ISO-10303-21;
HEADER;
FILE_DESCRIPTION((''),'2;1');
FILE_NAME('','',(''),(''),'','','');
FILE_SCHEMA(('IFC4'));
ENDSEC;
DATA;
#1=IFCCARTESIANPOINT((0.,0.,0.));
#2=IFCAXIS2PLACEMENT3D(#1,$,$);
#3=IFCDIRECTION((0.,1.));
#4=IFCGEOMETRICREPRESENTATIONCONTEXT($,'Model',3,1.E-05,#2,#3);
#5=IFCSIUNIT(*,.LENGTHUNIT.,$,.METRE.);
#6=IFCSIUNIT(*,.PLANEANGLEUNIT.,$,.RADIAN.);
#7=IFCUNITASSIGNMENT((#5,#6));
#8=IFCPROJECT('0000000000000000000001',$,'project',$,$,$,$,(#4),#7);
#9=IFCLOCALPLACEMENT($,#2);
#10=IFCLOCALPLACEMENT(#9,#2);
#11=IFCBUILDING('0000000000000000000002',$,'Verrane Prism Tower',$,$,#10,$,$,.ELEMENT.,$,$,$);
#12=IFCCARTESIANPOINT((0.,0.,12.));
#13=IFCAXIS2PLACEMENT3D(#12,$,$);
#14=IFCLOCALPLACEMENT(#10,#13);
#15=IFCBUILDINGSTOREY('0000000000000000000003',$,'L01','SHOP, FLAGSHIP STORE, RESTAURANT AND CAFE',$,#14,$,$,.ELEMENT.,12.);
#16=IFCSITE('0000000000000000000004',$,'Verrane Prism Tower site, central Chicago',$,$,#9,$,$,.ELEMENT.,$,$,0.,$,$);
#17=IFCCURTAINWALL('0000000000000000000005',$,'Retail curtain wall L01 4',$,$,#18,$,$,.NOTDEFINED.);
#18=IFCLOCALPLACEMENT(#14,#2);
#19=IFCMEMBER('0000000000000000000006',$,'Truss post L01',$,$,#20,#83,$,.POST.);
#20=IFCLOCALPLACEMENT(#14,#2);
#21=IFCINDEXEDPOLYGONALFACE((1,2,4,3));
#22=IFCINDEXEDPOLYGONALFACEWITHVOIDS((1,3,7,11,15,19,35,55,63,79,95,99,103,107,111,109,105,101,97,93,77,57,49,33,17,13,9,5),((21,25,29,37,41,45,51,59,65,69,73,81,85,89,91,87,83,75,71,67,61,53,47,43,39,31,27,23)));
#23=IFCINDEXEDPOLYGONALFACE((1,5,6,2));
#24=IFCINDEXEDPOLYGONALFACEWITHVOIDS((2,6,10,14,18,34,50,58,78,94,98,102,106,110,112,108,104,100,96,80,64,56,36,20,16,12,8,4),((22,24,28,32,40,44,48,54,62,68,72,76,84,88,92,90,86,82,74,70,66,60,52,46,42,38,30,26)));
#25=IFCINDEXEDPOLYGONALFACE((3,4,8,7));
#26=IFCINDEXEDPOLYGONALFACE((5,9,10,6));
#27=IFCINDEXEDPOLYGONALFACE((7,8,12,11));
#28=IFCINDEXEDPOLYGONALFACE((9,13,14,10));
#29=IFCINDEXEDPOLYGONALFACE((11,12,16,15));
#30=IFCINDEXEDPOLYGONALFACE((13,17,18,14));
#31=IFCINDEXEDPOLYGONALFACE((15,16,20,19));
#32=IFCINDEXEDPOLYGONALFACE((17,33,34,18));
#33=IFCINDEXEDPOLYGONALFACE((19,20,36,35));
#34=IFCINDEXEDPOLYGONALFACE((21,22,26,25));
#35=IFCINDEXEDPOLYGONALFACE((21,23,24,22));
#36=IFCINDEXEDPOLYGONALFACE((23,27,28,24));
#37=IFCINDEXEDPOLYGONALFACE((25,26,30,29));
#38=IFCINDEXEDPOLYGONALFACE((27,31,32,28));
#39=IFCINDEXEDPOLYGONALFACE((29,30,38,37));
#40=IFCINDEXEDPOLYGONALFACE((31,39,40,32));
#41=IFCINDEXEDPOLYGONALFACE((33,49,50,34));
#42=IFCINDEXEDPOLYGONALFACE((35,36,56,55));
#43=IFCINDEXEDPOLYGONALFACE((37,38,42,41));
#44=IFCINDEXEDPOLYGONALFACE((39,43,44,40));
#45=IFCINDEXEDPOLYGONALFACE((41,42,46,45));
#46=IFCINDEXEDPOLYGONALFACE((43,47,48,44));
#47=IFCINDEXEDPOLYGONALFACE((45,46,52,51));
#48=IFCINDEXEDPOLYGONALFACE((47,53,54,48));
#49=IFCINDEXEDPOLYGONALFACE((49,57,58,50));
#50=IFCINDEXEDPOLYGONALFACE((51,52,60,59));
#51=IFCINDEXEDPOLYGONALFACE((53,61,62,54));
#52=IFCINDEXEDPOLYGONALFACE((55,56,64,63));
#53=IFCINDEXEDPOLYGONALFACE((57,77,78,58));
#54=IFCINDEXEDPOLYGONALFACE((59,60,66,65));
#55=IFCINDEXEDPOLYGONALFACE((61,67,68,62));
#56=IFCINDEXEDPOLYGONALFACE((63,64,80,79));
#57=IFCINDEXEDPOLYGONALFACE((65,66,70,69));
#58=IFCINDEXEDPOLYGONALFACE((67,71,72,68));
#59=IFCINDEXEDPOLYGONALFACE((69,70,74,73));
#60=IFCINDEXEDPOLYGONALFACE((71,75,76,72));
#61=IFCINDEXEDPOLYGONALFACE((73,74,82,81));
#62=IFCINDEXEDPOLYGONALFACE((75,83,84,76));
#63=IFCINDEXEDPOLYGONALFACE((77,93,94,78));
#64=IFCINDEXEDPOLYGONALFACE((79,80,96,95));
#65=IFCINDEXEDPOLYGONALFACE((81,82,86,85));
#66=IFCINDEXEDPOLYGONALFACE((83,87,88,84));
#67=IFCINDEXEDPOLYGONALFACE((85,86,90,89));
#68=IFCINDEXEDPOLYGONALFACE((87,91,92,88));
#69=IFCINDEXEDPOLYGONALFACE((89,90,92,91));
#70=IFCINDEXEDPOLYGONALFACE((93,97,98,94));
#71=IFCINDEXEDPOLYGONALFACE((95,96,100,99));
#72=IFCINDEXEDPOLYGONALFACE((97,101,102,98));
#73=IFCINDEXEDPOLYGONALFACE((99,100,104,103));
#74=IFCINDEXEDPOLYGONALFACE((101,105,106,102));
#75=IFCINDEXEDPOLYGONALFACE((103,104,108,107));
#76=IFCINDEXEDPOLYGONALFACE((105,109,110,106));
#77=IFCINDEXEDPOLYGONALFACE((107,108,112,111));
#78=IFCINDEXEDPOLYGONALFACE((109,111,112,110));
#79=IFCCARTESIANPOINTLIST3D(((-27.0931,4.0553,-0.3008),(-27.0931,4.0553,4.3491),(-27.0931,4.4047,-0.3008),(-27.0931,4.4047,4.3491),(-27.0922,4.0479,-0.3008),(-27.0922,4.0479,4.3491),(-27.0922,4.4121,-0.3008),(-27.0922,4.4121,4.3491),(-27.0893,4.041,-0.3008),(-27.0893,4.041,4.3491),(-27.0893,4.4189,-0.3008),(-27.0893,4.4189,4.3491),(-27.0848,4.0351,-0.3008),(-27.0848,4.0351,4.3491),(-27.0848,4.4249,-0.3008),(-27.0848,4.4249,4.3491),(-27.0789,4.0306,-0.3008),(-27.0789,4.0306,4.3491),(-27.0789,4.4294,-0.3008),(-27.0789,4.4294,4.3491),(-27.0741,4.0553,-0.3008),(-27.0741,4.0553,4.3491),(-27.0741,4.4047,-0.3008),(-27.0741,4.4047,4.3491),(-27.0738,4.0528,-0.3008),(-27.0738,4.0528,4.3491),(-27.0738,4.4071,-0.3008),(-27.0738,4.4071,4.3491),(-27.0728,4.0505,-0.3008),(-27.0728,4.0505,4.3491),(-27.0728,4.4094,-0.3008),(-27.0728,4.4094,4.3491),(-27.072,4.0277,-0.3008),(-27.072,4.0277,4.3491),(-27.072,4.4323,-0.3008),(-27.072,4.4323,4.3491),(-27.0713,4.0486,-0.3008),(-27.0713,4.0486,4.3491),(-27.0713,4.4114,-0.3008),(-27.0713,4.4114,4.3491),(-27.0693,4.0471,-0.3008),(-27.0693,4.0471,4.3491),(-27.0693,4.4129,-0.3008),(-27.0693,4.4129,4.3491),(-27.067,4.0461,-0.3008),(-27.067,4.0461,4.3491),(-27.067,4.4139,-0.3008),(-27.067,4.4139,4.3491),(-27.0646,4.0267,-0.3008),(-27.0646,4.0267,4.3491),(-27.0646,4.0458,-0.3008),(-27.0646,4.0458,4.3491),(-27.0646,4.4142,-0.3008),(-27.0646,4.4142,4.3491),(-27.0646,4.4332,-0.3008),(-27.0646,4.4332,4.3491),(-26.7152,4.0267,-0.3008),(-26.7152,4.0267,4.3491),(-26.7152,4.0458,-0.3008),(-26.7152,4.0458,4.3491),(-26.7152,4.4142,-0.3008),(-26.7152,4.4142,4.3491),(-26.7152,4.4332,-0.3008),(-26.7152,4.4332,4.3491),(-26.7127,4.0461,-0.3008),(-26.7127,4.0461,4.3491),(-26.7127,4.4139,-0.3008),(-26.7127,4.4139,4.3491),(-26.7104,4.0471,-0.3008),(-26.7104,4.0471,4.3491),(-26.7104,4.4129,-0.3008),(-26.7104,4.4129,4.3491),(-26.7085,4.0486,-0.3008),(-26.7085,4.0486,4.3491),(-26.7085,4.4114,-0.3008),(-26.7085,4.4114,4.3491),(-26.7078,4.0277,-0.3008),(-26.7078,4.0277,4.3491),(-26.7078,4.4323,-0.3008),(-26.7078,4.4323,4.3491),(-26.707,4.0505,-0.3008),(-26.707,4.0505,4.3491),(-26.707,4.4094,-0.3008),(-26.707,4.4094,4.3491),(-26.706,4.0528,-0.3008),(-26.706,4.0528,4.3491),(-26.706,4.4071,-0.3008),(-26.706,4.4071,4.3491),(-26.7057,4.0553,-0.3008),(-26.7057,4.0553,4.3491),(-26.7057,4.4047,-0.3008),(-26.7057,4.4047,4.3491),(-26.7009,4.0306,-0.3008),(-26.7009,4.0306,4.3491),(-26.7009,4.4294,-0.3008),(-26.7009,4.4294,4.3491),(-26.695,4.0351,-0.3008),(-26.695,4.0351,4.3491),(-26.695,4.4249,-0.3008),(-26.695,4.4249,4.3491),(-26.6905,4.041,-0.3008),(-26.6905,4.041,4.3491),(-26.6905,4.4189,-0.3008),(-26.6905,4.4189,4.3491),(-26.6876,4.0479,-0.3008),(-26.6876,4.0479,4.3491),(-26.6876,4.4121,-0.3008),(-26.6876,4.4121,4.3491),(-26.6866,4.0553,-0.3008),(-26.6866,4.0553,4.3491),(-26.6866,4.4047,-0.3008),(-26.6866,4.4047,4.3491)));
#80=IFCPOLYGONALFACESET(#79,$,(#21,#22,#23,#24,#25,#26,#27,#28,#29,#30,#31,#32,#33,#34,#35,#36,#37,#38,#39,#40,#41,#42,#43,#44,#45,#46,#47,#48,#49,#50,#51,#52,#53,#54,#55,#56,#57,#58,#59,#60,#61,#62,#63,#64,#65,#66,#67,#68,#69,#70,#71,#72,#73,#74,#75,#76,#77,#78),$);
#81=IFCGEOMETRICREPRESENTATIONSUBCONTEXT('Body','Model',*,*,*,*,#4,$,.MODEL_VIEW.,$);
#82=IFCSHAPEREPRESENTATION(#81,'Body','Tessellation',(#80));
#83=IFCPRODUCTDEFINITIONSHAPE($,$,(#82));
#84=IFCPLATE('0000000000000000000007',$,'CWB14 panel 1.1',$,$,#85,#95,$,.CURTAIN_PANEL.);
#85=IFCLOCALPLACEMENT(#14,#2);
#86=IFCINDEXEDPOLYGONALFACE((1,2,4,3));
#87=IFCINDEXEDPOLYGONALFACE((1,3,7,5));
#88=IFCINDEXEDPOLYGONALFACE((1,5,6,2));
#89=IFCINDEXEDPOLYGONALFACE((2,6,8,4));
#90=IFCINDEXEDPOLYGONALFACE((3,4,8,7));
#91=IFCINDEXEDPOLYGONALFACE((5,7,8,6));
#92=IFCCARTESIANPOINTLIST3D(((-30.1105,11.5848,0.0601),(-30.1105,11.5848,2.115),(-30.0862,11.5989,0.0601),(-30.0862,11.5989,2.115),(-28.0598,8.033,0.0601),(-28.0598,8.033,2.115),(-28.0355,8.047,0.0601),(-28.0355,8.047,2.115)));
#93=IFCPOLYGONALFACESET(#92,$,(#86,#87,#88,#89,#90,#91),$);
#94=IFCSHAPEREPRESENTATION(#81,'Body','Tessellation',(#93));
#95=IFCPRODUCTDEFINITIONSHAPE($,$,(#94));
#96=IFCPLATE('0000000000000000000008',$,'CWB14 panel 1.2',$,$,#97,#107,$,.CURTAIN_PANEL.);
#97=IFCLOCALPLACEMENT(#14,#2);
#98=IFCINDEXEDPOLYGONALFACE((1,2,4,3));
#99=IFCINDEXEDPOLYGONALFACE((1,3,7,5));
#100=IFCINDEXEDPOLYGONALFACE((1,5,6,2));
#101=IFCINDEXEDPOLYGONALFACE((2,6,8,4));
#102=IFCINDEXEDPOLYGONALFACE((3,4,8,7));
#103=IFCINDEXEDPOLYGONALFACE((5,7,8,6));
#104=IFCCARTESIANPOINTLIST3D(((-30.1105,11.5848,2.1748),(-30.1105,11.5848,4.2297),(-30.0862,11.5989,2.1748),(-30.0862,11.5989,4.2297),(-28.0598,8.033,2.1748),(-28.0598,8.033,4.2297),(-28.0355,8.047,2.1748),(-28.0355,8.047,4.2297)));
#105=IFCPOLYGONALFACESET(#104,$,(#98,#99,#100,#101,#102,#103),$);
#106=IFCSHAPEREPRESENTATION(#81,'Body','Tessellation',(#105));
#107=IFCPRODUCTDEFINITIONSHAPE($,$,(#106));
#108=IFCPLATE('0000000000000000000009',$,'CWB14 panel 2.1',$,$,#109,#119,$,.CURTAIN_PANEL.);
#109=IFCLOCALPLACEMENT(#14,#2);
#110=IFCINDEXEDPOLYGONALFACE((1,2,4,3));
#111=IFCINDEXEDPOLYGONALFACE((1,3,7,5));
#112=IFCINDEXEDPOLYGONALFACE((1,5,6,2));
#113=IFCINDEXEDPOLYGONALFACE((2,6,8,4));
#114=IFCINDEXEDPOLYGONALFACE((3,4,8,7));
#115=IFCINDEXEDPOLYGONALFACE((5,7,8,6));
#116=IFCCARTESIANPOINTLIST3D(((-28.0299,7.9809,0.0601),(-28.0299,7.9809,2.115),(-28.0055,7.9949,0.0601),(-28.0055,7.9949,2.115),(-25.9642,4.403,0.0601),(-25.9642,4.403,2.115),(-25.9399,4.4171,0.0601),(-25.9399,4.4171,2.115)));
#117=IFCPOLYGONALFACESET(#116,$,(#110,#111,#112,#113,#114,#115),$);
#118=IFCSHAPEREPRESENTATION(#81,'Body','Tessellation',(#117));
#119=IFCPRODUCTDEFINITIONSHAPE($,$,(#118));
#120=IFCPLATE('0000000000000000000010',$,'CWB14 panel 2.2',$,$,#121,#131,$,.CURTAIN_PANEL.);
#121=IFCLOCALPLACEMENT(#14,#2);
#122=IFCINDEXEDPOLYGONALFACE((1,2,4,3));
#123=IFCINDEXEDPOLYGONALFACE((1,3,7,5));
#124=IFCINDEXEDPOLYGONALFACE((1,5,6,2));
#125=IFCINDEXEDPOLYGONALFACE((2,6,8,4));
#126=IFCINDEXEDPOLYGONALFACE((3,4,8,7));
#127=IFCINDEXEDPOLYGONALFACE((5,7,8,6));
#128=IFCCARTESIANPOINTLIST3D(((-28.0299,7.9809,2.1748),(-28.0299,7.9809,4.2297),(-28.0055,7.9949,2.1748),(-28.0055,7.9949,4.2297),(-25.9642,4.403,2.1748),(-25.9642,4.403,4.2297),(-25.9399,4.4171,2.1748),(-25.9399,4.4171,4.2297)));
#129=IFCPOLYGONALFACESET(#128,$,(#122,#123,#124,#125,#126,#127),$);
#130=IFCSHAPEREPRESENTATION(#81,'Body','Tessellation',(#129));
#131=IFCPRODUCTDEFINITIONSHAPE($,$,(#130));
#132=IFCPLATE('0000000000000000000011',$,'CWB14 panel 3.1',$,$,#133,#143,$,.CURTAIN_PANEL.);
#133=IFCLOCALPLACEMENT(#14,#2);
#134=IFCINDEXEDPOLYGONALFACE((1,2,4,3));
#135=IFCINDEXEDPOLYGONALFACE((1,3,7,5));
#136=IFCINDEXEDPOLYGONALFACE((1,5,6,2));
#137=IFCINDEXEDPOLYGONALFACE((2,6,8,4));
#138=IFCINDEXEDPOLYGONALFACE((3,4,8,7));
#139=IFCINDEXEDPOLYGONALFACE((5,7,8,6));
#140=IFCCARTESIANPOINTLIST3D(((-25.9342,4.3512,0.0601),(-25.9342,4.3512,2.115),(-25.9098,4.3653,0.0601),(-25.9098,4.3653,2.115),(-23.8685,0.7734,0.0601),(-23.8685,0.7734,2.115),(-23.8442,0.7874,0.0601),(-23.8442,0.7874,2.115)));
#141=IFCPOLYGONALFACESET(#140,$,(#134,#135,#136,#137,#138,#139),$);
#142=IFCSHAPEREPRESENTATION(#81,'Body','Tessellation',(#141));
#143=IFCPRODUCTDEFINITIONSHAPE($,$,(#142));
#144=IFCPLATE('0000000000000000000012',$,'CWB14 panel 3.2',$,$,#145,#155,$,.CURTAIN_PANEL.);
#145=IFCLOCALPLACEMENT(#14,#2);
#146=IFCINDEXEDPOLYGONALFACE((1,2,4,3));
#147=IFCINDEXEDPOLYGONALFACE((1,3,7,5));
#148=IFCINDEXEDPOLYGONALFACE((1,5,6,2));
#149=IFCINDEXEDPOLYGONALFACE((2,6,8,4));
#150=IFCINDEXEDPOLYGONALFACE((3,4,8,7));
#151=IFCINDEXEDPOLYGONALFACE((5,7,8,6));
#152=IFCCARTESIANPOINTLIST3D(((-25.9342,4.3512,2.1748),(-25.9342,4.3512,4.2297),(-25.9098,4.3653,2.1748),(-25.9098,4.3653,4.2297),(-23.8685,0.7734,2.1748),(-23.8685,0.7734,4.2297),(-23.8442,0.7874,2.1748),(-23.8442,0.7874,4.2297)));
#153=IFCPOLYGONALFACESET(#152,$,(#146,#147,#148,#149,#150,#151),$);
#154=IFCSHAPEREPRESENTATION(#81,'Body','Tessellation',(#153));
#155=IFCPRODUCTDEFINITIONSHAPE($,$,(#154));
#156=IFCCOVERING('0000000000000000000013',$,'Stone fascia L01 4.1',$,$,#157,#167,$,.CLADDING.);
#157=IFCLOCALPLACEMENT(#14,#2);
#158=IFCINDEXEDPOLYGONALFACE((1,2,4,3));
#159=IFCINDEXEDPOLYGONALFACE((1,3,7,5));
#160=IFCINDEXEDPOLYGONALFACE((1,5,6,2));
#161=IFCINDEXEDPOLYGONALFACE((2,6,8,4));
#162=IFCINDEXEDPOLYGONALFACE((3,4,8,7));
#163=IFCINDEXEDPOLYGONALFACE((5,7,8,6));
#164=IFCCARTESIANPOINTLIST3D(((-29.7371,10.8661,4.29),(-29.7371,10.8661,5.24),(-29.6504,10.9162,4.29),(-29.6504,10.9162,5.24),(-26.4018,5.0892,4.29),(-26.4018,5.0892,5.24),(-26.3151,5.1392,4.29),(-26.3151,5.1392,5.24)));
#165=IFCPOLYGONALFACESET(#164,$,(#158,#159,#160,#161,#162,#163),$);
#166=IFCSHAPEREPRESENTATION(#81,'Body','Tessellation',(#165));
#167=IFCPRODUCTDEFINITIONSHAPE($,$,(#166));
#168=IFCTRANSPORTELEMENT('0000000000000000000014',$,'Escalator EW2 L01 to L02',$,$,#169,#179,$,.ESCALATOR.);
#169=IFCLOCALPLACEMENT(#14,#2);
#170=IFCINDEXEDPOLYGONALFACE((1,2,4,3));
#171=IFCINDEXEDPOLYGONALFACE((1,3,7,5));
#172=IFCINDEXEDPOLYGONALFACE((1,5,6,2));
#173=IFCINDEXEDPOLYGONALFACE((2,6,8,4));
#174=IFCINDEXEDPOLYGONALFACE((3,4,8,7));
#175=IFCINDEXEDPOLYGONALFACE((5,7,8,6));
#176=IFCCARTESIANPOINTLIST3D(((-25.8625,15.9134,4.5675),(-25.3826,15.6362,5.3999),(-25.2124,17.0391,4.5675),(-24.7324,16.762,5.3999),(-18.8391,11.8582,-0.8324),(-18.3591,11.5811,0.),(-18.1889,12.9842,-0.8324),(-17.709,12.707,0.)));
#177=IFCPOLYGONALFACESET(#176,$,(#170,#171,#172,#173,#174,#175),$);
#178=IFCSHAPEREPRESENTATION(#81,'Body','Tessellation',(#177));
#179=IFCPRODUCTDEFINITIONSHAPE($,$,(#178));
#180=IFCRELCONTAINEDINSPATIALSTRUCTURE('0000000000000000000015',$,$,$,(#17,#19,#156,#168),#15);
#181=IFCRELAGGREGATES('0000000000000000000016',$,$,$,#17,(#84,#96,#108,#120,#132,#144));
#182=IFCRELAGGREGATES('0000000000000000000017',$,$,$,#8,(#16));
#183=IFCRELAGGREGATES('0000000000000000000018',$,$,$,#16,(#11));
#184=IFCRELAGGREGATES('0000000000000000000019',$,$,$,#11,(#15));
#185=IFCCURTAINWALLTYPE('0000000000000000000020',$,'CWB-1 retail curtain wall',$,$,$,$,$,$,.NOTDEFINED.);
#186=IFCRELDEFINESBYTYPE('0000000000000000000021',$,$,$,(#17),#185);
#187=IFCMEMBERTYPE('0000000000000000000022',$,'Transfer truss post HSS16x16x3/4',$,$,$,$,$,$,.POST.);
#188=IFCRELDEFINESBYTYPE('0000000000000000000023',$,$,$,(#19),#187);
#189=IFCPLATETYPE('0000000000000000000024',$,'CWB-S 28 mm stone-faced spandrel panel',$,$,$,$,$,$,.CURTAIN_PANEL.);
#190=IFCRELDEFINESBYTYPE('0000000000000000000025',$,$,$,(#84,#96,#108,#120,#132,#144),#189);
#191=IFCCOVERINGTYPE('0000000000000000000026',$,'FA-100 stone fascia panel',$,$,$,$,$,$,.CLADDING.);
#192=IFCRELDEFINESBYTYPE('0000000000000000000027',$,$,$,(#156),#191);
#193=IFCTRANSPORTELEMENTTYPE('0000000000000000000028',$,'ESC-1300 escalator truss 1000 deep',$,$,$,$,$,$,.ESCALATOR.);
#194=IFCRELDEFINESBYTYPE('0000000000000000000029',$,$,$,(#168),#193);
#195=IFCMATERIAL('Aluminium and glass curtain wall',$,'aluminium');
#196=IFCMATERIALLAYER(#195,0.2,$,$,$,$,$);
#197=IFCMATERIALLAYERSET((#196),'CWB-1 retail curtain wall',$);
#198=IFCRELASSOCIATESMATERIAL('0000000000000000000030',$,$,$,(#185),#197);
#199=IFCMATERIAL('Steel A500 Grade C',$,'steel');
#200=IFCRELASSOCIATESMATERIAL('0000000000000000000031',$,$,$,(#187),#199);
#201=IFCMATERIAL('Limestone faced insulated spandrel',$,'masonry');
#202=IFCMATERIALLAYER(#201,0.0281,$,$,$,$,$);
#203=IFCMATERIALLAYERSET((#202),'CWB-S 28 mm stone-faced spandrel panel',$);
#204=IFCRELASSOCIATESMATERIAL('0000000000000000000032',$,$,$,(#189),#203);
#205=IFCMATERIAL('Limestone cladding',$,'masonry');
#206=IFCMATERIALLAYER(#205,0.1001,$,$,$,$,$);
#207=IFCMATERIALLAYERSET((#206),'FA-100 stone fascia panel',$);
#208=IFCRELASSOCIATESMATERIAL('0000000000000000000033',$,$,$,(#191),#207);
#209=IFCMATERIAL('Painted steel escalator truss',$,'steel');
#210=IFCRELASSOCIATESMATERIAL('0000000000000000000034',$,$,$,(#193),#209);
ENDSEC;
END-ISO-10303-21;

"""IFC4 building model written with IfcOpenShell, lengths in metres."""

from ifc_helpers import new_model, si_unit, direction, frame, origin, origin_2d, place, context, subcontext, project, spatial, polyline, rectangle, hollow_rectangle, outline, extrude, material, layer, layer_set, material_profile, profile_set, type_object, element, aggregate, save


model = new_model("IFC4")

# Units and contexts
model_context = context("Model", 3, precision=1e-05, world=origin(), true_north=direction((0.0, 1.0)))
body_context = subcontext(model_context, "Body", "Model", "MODEL_VIEW")
ifc_project = project(units=[si_unit("LENGTHUNIT", "METRE"), si_unit("PLANEANGLEUNIT", "RADIAN")], contexts=[model_context])

# Site, building, storey
site_placement = place(None, origin())
site = spatial("IfcSite", under=ifc_project, at=site_placement, Name="Verrane Prism Tower site, central Chicago", CompositionType="ELEMENT", RefElevation=0.0)
building_placement = place(site_placement, origin())
building = spatial("IfcBuilding", under=site, at=building_placement, Name="Verrane Prism Tower", CompositionType="ELEMENT")
storey_placement = place(building_placement, frame((0.0, 0.0, 12.0)))
storey = spatial("IfcBuildingStorey", under=building, at=storey_placement, Name="L01", Description="SHOP, FLAGSHIP STORE, RESTAURANT AND CAFE", CompositionType="ELEMENT", Elevation=12.0)

# Shared definitions
ifc_material_1 = material(Name="Aluminium and glass curtain wall", Category="aluminium")
ifc_layer_1 = layer(ifc_material_1, 0.2)
ifc_layer_set_1 = layer_set([ifc_layer_1], Name="CWB-1 retail curtain wall")
curtain_wall_type = type_object("IfcCurtainWallType", Name="CWB-1 retail curtain wall", PredefinedType="NOTDEFINED", material=ifc_layer_set_1)

# Curtain wall
curtain_wall_1_placement = place(storey_placement, origin())
curtain_wall_1 = element("IfcCurtainWall", 1, at=curtain_wall_1_placement, inside=storey, type_object=curtain_wall_type, Name="Retail curtain wall L01 4", PredefinedType="NOTDEFINED")

# Member
ifc_material_2 = material(Name="Steel A500 Grade C", Category="steel")
ifc_material_profile_1 = material_profile(ifc_material_2, hollow_rectangle(XDim=0.4065, YDim=0.4065, WallThickness=0.019, InnerFilletRadius=0.0095, OuterFilletRadius=0.0286, at=origin_2d()), Name="HSS16x16x3/4")
ifc_profile_set_1 = profile_set([ifc_material_profile_1], Name="Steel A500 Grade C")
member_type_1 = type_object("IfcMemberType", Name="Transfer truss post HSS16x16x3/4", PredefinedType="POST", material=ifc_profile_set_1)
member_1_placement = place(storey_placement, frame((-26.8899, 4.23, -0.3008), z_axis=(0.0, 0.0, 1.0), x_axis=(1.0, 0.0, 0.0)))
element("IfcMember", 2, at=member_1_placement, inside=storey, type_object=member_type_1, Name="Truss post L01", PredefinedType="POST", context=body_context, shape_type="SweptSolid", body=[
    extrude(hollow_rectangle(XDim=0.4065, YDim=0.4065, WallThickness=0.019, InnerFilletRadius=0.0095, OuterFilletRadius=0.0286, at=origin_2d()), origin(), (0.0, 0.0, 1.0), 4.6499),
])

# Plates
ifc_material_3 = material(Name="Limestone faced insulated spandrel", Category="masonry")
ifc_layer_2 = layer(ifc_material_3, 0.0281)
ifc_layer_set_2 = layer_set([ifc_layer_2], Name="CWB-S 28 mm stone-faced spandrel panel")
plate_type = type_object("IfcPlateType", Name="CWB-S 28 mm stone-faced spandrel panel", PredefinedType="CURTAIN_PANEL", material=ifc_layer_set_2)
plate_1_placement = place(storey_placement, frame((-29.073, 9.8159, 0.0601), z_axis=(0.0, 0.0, 1.0), x_axis=(0.5, -0.866025, 0.0)))
plate_1 = element("IfcPlate", 3, at=plate_1_placement, type_object=plate_type, Name="CWB14 panel 1.1", PredefinedType="CURTAIN_PANEL", context=body_context, shape_type="SweptSolid", body=[
    extrude(rectangle(XDim=4.1013, YDim=0.0281, at=origin_2d()), origin(), (0.0, 0.0, 1.0), 2.0549),
])
plate_2_placement = place(storey_placement, frame((-29.073, 9.8159, 2.1748), z_axis=(0.0, 0.0, 1.0), x_axis=(0.5, -0.866025, 0.0)))
plate_2 = element("IfcPlate", 4, at=plate_2_placement, type_object=plate_type, Name="CWB14 panel 1.2", PredefinedType="CURTAIN_PANEL", context=body_context, shape_type="SweptSolid", body=[
    extrude(rectangle(XDim=4.1013, YDim=0.0281, at=origin_2d()), origin(), (0.0, 0.0, 1.0), 2.0549),
])
plate_3_placement = place(storey_placement, frame((-26.9849, 6.199, 0.0601), z_axis=(0.0, 0.0, 1.0), x_axis=(0.5, -0.866025, 0.0)))
plate_3 = element("IfcPlate", 5, at=plate_3_placement, type_object=plate_type, Name="CWB14 panel 2.1", PredefinedType="CURTAIN_PANEL", context=body_context, shape_type="SweptSolid", body=[
    extrude(rectangle(XDim=4.1313, YDim=0.0281, at=origin_2d()), origin(), (0.0, 0.0, 1.0), 2.0549),
])
plate_4_placement = place(storey_placement, frame((-26.9849, 6.199, 2.1748), z_axis=(0.0, 0.0, 1.0), x_axis=(0.5, -0.866025, 0.0)))
plate_4 = element("IfcPlate", 6, at=plate_4_placement, type_object=plate_type, Name="CWB14 panel 2.2", PredefinedType="CURTAIN_PANEL", context=body_context, shape_type="SweptSolid", body=[
    extrude(rectangle(XDim=4.1313, YDim=0.0281, at=origin_2d()), origin(), (0.0, 0.0, 1.0), 2.0549),
])
plate_5_placement = place(storey_placement, frame((-24.8892, 2.5693, 0.0601), z_axis=(0.0, 0.0, 1.0), x_axis=(0.5, -0.866025, 0.0)))
plate_5 = element("IfcPlate", 7, at=plate_5_placement, type_object=plate_type, Name="CWB14 panel 3.1", PredefinedType="CURTAIN_PANEL", context=body_context, shape_type="SweptSolid", body=[
    extrude(rectangle(XDim=4.1313, YDim=0.0281, at=origin_2d()), origin(), (0.0, 0.0, 1.0), 2.0549),
])
plate_6_placement = place(storey_placement, frame((-24.8892, 2.5693, 2.1748), z_axis=(0.0, 0.0, 1.0), x_axis=(0.5, -0.866025, 0.0)))
plate_6 = element("IfcPlate", 8, at=plate_6_placement, type_object=plate_type, Name="CWB14 panel 3.2", PredefinedType="CURTAIN_PANEL", context=body_context, shape_type="SweptSolid", body=[
    extrude(rectangle(XDim=4.1313, YDim=0.0281, at=origin_2d()), origin(), (0.0, 0.0, 1.0), 2.0549),
])
aggregate(curtain_wall_1, [plate_1, plate_2, plate_3, plate_4, plate_5, plate_6])

# Covering
ifc_material_4 = material(Name="Limestone cladding", Category="masonry")
ifc_layer_3 = layer(ifc_material_4, 0.1001)
ifc_layer_set_3 = layer_set([ifc_layer_3], Name="FA-100 stone fascia panel")
covering_type = type_object("IfcCoveringType", Name="FA-100 stone fascia panel", PredefinedType="CLADDING", material=ifc_layer_set_3)
covering_placement = place(storey_placement, frame((-28.0261, 8.0027, 4.29), z_axis=(0.0, 0.0, 1.0), x_axis=(0.5, -0.866025, 0.0)))
element("IfcCovering", 9, at=covering_placement, inside=storey, type_object=covering_type, Name="Stone fascia L01 4.1", PredefinedType="CLADDING", context=body_context, shape_type="SweptSolid", body=[
    extrude(rectangle(XDim=6.6707, YDim=0.1001, at=origin_2d()), origin(), (0.0, 0.0, 1.0), 0.95),
])

# Transport element
ifc_material_5 = material(Name="Painted steel escalator truss", Category="steel")
transport_element_type = type_object("IfcTransportElementType", Name="ESC-1300 escalator truss 1000 deep", PredefinedType="ESCALATOR", material=ifc_material_5)
transport_element_placement = place(storey_placement, frame((-17.709, 12.707, 0.0), z_axis=(0.479943, -0.277153, 0.832371), x_axis=(-0.720856, 0.416181, 0.554219)))
element("IfcTransportElement", 10, at=transport_element_placement, inside=storey, type_object=transport_element_type, Name="Escalator EW2 L01 to L02", PredefinedType="ESCALATOR", context=body_context, shape_type="SweptSolid", body=[
    extrude(outline(polyline([(0.0, 0.0), (9.7432, 0.0), (9.7434, 1.3), (0.0001, 1.3002), (0.0, 0.0)])), origin(), (0.0, 0.0, -1.0), 1.0),
])

save(model, "model.ifc")
